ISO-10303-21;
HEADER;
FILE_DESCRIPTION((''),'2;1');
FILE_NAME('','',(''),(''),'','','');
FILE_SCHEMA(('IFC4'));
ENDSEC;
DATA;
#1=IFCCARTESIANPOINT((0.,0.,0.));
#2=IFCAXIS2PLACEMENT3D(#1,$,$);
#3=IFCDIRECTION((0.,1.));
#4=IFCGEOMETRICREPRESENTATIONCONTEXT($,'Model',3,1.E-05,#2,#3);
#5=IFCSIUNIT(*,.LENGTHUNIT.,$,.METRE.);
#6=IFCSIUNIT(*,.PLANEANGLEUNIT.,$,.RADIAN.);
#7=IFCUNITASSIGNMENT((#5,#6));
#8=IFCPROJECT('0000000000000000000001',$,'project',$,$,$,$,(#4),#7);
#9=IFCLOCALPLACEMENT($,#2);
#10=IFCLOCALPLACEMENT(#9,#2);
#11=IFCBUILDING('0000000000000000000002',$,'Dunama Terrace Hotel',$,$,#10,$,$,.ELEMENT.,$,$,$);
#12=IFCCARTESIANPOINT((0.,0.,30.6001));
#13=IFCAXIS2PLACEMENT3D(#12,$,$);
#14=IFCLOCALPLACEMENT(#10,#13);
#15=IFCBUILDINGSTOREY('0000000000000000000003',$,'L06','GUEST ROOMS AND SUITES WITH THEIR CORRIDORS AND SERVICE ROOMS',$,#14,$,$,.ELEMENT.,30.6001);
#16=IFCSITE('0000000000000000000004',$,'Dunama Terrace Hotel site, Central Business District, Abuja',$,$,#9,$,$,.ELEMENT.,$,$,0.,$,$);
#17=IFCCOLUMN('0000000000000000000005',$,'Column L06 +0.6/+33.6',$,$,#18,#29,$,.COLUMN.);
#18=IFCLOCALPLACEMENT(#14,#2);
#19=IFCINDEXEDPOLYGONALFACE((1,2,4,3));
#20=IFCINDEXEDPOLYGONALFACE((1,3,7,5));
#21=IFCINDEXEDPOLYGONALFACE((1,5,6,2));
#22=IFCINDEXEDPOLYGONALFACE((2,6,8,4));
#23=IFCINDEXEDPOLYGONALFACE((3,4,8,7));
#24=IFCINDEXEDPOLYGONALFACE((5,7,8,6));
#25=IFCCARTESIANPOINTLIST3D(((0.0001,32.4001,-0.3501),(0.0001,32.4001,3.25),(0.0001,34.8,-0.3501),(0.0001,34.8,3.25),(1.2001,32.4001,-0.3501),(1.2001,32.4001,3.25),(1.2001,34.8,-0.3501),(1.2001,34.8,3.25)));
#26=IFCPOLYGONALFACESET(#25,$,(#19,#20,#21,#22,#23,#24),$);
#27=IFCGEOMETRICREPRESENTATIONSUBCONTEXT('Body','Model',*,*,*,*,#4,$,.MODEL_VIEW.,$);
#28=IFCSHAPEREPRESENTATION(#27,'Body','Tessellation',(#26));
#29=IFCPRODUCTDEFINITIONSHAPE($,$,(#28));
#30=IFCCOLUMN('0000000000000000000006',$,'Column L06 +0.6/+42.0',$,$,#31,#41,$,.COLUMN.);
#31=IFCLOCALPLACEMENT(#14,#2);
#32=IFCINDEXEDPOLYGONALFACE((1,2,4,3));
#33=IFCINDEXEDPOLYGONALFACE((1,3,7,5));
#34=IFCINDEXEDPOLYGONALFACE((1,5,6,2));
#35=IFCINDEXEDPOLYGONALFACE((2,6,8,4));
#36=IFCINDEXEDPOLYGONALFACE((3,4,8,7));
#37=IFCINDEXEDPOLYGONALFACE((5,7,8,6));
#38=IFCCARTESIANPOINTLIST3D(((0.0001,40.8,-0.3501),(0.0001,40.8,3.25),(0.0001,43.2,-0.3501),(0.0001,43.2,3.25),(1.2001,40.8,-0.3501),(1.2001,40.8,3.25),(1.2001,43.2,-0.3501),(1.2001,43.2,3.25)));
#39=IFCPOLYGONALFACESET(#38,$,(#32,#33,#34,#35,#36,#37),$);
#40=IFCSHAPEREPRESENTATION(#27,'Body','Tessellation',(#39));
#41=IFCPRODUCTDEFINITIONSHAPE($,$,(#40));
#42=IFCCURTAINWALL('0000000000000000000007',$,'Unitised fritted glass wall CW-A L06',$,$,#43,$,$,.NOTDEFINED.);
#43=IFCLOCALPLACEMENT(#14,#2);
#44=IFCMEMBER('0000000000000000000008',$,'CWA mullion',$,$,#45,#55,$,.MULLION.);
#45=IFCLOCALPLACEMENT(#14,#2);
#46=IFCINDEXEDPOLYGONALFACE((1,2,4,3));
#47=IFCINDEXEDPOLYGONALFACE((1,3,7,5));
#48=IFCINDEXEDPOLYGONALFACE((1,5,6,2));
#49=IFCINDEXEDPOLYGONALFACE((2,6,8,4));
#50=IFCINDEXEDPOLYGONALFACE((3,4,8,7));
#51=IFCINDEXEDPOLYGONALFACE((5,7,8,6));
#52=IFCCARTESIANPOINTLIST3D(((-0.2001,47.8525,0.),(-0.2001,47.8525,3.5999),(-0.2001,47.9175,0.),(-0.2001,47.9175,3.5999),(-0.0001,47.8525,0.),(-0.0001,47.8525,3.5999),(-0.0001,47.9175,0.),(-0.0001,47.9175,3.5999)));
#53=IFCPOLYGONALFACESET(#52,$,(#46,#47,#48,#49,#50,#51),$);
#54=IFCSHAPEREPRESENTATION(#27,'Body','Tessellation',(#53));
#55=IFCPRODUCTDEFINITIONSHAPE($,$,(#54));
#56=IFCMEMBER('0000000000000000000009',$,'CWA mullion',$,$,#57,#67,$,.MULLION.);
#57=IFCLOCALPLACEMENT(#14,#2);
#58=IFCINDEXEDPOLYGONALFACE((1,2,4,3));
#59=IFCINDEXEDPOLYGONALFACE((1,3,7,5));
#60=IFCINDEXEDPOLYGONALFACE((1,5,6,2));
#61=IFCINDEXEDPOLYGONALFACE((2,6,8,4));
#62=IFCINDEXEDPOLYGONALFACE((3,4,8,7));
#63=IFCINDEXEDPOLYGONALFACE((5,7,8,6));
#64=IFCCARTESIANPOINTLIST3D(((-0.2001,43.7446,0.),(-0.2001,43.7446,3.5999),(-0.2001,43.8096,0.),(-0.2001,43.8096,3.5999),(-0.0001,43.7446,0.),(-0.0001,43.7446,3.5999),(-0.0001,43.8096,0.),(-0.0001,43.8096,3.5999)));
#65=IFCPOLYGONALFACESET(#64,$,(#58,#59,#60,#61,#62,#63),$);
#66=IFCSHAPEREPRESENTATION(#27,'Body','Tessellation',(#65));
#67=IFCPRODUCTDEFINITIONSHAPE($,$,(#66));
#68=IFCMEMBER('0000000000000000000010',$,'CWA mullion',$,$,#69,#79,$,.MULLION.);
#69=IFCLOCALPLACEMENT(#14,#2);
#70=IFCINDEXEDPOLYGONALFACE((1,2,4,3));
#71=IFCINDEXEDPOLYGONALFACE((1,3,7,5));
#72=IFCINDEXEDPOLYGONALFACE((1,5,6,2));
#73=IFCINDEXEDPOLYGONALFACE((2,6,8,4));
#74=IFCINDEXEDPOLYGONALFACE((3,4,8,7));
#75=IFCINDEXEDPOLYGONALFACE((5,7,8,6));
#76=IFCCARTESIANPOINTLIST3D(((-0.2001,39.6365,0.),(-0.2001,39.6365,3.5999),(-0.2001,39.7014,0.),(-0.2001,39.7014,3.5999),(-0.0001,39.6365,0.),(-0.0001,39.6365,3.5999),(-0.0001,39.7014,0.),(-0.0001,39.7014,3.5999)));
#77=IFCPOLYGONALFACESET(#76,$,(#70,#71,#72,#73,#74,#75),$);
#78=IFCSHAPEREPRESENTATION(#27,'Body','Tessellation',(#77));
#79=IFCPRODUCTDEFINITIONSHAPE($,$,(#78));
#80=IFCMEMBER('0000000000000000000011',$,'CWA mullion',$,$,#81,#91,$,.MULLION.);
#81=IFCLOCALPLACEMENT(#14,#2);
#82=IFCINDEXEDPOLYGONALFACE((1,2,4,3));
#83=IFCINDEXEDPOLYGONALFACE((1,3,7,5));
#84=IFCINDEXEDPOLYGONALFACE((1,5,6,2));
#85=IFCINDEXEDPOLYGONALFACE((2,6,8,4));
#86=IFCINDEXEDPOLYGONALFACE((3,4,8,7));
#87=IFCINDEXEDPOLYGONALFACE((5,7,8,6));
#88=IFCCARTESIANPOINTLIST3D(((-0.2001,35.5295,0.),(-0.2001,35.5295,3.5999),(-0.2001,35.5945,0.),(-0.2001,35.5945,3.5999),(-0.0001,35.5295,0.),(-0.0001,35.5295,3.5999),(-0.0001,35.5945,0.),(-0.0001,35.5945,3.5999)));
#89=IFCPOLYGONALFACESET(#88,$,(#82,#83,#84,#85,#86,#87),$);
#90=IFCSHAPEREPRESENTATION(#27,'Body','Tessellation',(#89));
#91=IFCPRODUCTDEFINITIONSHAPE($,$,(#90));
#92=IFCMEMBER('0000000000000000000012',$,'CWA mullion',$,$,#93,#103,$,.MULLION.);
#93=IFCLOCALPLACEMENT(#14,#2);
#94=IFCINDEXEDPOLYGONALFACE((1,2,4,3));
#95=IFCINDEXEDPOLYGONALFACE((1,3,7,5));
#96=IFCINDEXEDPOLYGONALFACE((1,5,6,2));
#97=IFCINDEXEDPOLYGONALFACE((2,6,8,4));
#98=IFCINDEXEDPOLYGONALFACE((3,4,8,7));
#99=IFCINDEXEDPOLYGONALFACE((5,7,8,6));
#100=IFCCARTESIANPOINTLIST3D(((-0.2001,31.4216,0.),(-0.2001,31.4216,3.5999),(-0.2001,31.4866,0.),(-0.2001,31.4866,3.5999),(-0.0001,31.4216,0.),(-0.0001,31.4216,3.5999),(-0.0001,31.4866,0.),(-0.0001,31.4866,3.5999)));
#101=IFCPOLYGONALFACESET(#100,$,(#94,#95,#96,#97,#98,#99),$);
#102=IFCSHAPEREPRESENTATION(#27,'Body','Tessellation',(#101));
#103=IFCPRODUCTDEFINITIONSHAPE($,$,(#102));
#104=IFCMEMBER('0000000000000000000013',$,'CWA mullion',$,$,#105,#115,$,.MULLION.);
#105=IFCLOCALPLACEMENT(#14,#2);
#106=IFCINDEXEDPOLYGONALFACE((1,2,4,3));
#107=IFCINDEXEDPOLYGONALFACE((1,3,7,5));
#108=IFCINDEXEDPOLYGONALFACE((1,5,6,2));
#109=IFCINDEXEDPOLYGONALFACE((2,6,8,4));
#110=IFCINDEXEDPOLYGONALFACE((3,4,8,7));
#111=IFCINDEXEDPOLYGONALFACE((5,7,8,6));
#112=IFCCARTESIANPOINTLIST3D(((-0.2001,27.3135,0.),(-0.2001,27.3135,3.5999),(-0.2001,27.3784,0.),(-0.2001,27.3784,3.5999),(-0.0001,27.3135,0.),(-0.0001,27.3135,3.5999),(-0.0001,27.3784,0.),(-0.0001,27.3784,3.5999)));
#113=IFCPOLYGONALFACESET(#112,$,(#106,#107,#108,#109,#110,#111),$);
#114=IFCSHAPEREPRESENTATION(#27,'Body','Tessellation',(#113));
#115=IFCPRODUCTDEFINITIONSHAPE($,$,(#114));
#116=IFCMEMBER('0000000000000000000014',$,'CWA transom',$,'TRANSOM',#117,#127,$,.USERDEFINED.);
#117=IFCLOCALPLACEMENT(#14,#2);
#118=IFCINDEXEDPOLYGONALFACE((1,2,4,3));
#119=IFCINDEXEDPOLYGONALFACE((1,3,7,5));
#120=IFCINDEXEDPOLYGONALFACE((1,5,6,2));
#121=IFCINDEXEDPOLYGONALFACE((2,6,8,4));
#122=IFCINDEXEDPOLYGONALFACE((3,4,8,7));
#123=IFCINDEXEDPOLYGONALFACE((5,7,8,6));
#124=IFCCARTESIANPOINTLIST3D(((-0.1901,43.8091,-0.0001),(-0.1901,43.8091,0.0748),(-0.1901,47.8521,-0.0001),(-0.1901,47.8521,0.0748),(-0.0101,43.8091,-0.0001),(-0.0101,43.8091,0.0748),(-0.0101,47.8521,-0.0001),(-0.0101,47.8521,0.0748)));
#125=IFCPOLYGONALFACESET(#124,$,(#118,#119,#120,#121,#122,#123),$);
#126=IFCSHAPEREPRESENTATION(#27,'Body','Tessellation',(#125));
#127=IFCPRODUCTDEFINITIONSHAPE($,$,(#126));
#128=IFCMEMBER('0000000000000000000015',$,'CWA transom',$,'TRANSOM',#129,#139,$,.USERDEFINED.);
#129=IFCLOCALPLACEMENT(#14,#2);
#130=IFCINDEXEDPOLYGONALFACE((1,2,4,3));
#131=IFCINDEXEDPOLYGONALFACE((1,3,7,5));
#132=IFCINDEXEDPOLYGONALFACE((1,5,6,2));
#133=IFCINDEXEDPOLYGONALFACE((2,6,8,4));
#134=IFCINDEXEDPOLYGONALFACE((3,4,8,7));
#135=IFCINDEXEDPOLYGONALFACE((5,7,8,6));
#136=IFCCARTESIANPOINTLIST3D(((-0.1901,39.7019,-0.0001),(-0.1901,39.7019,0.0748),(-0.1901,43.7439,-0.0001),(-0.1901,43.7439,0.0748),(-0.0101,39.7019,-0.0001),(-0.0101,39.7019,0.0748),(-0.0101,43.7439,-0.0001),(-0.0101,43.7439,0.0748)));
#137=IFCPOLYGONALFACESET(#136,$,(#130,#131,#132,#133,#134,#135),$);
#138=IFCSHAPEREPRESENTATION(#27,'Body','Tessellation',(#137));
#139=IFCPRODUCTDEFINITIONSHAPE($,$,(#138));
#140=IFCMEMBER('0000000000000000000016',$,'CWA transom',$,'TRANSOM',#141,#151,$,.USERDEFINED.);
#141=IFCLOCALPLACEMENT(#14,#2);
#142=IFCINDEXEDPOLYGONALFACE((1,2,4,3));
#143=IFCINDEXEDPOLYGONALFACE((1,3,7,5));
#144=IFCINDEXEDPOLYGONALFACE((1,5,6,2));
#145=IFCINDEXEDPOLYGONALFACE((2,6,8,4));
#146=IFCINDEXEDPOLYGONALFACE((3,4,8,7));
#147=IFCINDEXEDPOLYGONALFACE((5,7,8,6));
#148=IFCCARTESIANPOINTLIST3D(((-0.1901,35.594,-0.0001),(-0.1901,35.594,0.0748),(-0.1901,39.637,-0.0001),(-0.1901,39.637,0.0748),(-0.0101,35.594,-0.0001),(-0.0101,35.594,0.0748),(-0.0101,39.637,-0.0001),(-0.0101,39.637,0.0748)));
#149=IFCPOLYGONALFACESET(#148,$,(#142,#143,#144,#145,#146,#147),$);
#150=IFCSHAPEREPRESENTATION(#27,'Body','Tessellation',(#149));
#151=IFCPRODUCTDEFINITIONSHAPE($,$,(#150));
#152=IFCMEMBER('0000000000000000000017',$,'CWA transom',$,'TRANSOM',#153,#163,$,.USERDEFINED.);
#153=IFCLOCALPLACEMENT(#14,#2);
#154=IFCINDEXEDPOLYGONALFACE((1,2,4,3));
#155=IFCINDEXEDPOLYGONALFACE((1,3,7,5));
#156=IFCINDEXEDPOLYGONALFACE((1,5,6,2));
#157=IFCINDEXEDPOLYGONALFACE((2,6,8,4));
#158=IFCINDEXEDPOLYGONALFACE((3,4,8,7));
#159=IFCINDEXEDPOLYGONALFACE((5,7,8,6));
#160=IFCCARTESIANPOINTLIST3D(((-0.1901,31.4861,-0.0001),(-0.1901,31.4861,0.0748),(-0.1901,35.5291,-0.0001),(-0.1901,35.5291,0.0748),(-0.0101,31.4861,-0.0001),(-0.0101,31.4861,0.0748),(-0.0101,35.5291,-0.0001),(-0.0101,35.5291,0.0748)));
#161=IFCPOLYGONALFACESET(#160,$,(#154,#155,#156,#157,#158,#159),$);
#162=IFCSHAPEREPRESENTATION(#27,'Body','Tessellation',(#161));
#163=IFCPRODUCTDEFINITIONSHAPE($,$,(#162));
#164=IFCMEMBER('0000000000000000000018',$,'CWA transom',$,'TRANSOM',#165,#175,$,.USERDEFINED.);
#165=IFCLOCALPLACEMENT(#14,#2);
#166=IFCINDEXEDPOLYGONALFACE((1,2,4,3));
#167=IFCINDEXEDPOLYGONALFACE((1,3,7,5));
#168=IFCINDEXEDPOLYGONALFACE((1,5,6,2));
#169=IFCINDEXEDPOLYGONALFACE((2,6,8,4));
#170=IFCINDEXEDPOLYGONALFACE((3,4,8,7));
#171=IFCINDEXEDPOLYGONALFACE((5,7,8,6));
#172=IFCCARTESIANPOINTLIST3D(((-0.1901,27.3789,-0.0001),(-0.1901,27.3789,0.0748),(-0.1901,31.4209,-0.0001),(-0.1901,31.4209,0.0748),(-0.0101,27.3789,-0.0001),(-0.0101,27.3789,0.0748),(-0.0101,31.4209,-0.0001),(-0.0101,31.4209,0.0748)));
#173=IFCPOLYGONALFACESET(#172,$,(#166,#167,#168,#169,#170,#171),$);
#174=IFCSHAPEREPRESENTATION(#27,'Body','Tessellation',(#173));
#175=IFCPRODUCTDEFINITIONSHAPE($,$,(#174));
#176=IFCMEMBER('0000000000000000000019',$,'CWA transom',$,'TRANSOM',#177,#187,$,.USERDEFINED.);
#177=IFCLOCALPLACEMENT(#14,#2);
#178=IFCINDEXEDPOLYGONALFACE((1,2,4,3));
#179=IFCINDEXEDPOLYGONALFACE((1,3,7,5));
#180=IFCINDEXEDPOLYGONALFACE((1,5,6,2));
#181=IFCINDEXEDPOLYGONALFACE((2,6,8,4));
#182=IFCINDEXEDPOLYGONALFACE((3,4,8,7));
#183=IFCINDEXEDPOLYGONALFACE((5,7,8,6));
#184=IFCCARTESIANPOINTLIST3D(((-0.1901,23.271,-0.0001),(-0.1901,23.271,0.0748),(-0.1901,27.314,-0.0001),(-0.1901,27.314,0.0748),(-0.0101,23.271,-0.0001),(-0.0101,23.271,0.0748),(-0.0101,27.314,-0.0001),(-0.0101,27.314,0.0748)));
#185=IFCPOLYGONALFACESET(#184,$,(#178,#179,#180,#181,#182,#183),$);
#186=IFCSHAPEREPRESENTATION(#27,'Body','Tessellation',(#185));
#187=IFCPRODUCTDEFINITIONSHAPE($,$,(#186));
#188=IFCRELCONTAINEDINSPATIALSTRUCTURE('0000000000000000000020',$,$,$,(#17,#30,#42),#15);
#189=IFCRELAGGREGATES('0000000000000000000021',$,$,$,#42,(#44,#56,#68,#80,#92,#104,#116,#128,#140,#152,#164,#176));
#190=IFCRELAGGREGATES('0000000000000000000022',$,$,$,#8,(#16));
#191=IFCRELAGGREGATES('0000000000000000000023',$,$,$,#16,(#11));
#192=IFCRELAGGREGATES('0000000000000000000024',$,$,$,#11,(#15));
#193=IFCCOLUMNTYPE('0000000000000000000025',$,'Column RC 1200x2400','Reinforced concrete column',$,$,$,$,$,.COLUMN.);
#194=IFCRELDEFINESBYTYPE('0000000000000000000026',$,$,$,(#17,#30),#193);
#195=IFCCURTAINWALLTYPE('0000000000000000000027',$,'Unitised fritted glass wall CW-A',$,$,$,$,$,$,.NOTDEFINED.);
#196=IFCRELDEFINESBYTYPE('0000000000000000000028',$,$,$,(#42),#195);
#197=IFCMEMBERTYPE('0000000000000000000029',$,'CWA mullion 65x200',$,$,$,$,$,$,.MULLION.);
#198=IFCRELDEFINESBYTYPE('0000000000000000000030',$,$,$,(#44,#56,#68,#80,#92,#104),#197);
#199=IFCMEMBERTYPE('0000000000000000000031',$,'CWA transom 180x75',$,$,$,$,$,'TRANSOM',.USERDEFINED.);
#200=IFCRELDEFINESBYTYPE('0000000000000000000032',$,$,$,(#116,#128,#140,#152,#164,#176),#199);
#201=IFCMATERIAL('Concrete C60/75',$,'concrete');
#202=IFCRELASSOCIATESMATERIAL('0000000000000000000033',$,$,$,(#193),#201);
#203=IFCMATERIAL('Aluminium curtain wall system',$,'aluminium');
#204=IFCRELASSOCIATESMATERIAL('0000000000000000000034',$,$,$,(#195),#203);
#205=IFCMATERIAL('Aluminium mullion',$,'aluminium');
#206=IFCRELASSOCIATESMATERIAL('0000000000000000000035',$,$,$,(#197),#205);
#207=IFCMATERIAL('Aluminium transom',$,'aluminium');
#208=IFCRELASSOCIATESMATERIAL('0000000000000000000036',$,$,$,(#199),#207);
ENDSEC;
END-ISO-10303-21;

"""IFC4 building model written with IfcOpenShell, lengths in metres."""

from ifc_helpers import new_model, si_unit, direction, frame, origin, origin_2d, place, context, subcontext, project, spatial, rectangle, extrude, material, material_profile, profile_set, type_object, element, aggregate, save


model = new_model("IFC4")

# Units and contexts
model_context = context("Model", 3, precision=1e-05, world=origin(), true_north=direction((0.0, 1.0)))
body_context = subcontext(model_context, "Body", "Model", "MODEL_VIEW")
ifc_project = project(units=[si_unit("LENGTHUNIT", "METRE"), si_unit("PLANEANGLEUNIT", "RADIAN")], contexts=[model_context])

# Site, building, storey
site_placement = place(None, origin())
site = spatial("IfcSite", under=ifc_project, at=site_placement, Name="Dunama Terrace Hotel site, Central Business District, Abuja", CompositionType="ELEMENT", RefElevation=0.0)
building_placement = place(site_placement, origin())
building = spatial("IfcBuilding", under=site, at=building_placement, Name="Dunama Terrace Hotel", CompositionType="ELEMENT")
storey_placement = place(building_placement, frame((0.0, 0.0, 30.6001)))
storey = spatial("IfcBuildingStorey", under=building, at=storey_placement, Name="L06", Description="GUEST ROOMS AND SUITES WITH THEIR CORRIDORS AND SERVICE ROOMS", CompositionType="ELEMENT", Elevation=30.6001)

# Columns
ifc_material_1 = material(Name="Concrete C60/75", Category="concrete")
ifc_material_profile_1 = material_profile(ifc_material_1, rectangle(XDim=1.2, YDim=2.3999, at=origin_2d()), Name="RC 1200x2400")
ifc_profile_set_1 = profile_set([ifc_material_profile_1], Name="Concrete C60/75")
column_type = type_object("IfcColumnType", Name="Column RC 1200x2400", Description="Reinforced concrete column", PredefinedType="COLUMN", material=ifc_profile_set_1)
for number, where, z_axis, x_axis, name in (
    (1, (0.6001, 33.6001, -0.3501), (0.0, 0.0, 1.0), (1.0, 0.0, 0.0), "Column L06 +0.6/+33.6"),
    (2, (0.6001, 42.0, -0.3501), (0.0, 0.0, 1.0), (1.0, 0.0, 0.0), "Column L06 +0.6/+42.0"),
):
    element("IfcColumn", number, at=place(storey_placement, frame(where, z_axis=z_axis, x_axis=x_axis)), inside=storey, type_object=column_type, Name=name, PredefinedType="COLUMN", context=body_context, shape_type="SweptSolid", body=[
        extrude(rectangle(XDim=1.2, YDim=2.3999, at=origin_2d()), origin(), (0.0, 0.0, 1.0), 3.6001),
    ])

# Curtain wall, members
ifc_material_2 = material(Name="Aluminium curtain wall system", Category="aluminium")
curtain_wall_type = type_object("IfcCurtainWallType", Name="Unitised fritted glass wall CW-A", PredefinedType="NOTDEFINED", material=ifc_material_2)
curtain_wall_placement = place(storey_placement, origin())
curtain_wall = element("IfcCurtainWall", 3, at=curtain_wall_placement, inside=storey, type_object=curtain_wall_type, Name="Unitised fritted glass wall CW-A L06", PredefinedType="NOTDEFINED")
ifc_material_3 = material(Name="Aluminium mullion", Category="aluminium")
ifc_material_profile_2 = material_profile(ifc_material_3, rectangle(XDim=0.0649, YDim=0.2, at=origin_2d()), Name="CWA MULLION 65X200")
ifc_profile_set_2 = profile_set([ifc_material_profile_2], Name="Aluminium mullion")
member_type_1 = type_object("IfcMemberType", Name="CWA mullion 65x200", PredefinedType="MULLION", material=ifc_profile_set_2)
member_1_placement = place(storey_placement, frame((-0.1001, 47.885, 0.0), z_axis=(0.0, 0.0, 1.0), x_axis=(0.0, -1.0, 0.0)))
member_1 = element("IfcMember", 4, at=member_1_placement, type_object=member_type_1, Name="CWA mullion", PredefinedType="MULLION", context=body_context, shape_type="SweptSolid", body=[
    extrude(rectangle(XDim=0.0649, YDim=0.2, at=origin_2d()), origin(), (0.0, 0.0, 1.0), 3.5999),
])
member_2_placement = place(storey_placement, frame((-0.1001, 43.7771, 0.0), z_axis=(0.0, 0.0, 1.0), x_axis=(0.0, -1.0, 0.0)))
member_2 = element("IfcMember", 5, at=member_2_placement, type_object=member_type_1, Name="CWA mullion", PredefinedType="MULLION", context=body_context, shape_type="SweptSolid", body=[
    extrude(rectangle(XDim=0.0649, YDim=0.2, at=origin_2d()), origin(), (0.0, 0.0, 1.0), 3.5999),
])
member_3_placement = place(storey_placement, frame((-0.1001, 39.6689, 0.0), z_axis=(0.0, 0.0, 1.0), x_axis=(0.0, -1.0, 0.0)))
member_3 = element("IfcMember", 6, at=member_3_placement, type_object=member_type_1, Name="CWA mullion", PredefinedType="MULLION", context=body_context, shape_type="SweptSolid", body=[
    extrude(rectangle(XDim=0.0649, YDim=0.2, at=origin_2d()), origin(), (0.0, 0.0, 1.0), 3.5999),
])
member_4_placement = place(storey_placement, frame((-0.1001, 35.562, 0.0), z_axis=(0.0, 0.0, 1.0), x_axis=(0.0, -1.0, 0.0)))
member_4 = element("IfcMember", 7, at=member_4_placement, type_object=member_type_1, Name="CWA mullion", PredefinedType="MULLION", context=body_context, shape_type="SweptSolid", body=[
    extrude(rectangle(XDim=0.0649, YDim=0.2, at=origin_2d()), origin(), (0.0, 0.0, 1.0), 3.5999),
])
member_5_placement = place(storey_placement, frame((-0.1001, 31.4541, 0.0), z_axis=(0.0, 0.0, 1.0), x_axis=(0.0, -1.0, 0.0)))
member_5 = element("IfcMember", 8, at=member_5_placement, type_object=member_type_1, Name="CWA mullion", PredefinedType="MULLION", context=body_context, shape_type="SweptSolid", body=[
    extrude(rectangle(XDim=0.0649, YDim=0.2, at=origin_2d()), origin(), (0.0, 0.0, 1.0), 3.5999),
])
member_6_placement = place(storey_placement, frame((-0.1001, 27.3459, 0.0), z_axis=(0.0, 0.0, 1.0), x_axis=(0.0, -1.0, 0.0)))
member_6 = element("IfcMember", 9, at=member_6_placement, type_object=member_type_1, Name="CWA mullion", PredefinedType="MULLION", context=body_context, shape_type="SweptSolid", body=[
    extrude(rectangle(XDim=0.0649, YDim=0.2, at=origin_2d()), origin(), (0.0, 0.0, 1.0), 3.5999),
])
ifc_material_4 = material(Name="Aluminium transom", Category="aluminium")
ifc_material_profile_3 = material_profile(ifc_material_4, rectangle(XDim=0.1799, YDim=0.075, at=origin_2d()), Name="CWA TRANSOM 180X75")
ifc_profile_set_3 = profile_set([ifc_material_profile_3], Name="Aluminium transom")
member_type_2 = type_object("IfcMemberType", Name="CWA transom 180x75", ElementType="TRANSOM", PredefinedType="USERDEFINED", material=ifc_profile_set_3)
member_7_placement = place(storey_placement, frame((-0.1001, 47.8521, 0.0374), z_axis=(0.0, -1.0, 0.0), x_axis=(1.0, 0.0, 0.0)))
member_7 = element("IfcMember", 10, at=member_7_placement, type_object=member_type_2, Name="CWA transom", ObjectType="TRANSOM", PredefinedType="USERDEFINED", context=body_context, shape_type="SweptSolid", body=[
    extrude(rectangle(XDim=0.1799, YDim=0.075, at=origin_2d()), origin(), (0.0, 0.0, 1.0), 4.043),
])
member_8_placement = place(storey_placement, frame((-0.1001, 43.7439, 0.0374), z_axis=(0.0, -1.0, 0.0), x_axis=(1.0, 0.0, 0.0)))
member_8 = element("IfcMember", 11, at=member_8_placement, type_object=member_type_2, Name="CWA transom", ObjectType="TRANSOM", PredefinedType="USERDEFINED", context=body_context, shape_type="SweptSolid", body=[
    extrude(rectangle(XDim=0.1799, YDim=0.075, at=origin_2d()), origin(), (0.0, 0.0, 1.0), 4.042),
])
member_9_placement = place(storey_placement, frame((-0.1001, 39.637, 0.0374), z_axis=(0.0, -1.0, 0.0), x_axis=(1.0, 0.0, 0.0)))
member_9 = element("IfcMember", 12, at=member_9_placement, type_object=member_type_2, Name="CWA transom", ObjectType="TRANSOM", PredefinedType="USERDEFINED", context=body_context, shape_type="SweptSolid", body=[
    extrude(rectangle(XDim=0.1799, YDim=0.075, at=origin_2d()), origin(), (0.0, 0.0, 1.0), 4.043),
])
member_10_placement = place(storey_placement, frame((-0.1001, 35.5291, 0.0374), z_axis=(0.0, -1.0, 0.0), x_axis=(1.0, 0.0, 0.0)))
member_10 = element("IfcMember", 13, at=member_10_placement, type_object=member_type_2, Name="CWA transom", ObjectType="TRANSOM", PredefinedType="USERDEFINED", context=body_context, shape_type="SweptSolid", body=[
    extrude(rectangle(XDim=0.1799, YDim=0.075, at=origin_2d()), origin(), (0.0, 0.0, 1.0), 4.043),
])
member_11_placement = place(storey_placement, frame((-0.1001, 31.4209, 0.0374), z_axis=(0.0, -1.0, 0.0), x_axis=(1.0, 0.0, 0.0)))
member_11 = element("IfcMember", 14, at=member_11_placement, type_object=member_type_2, Name="CWA transom", ObjectType="TRANSOM", PredefinedType="USERDEFINED", context=body_context, shape_type="SweptSolid", body=[
    extrude(rectangle(XDim=0.1799, YDim=0.075, at=origin_2d()), origin(), (0.0, 0.0, 1.0), 4.042),
])
member_12_placement = place(storey_placement, frame((-0.1001, 27.314, 0.0374), z_axis=(0.0, -1.0, 0.0), x_axis=(1.0, 0.0, 0.0)))
member_12 = element("IfcMember", 15, at=member_12_placement, type_object=member_type_2, Name="CWA transom", ObjectType="TRANSOM", PredefinedType="USERDEFINED", context=body_context, shape_type="SweptSolid", body=[
    extrude(rectangle(XDim=0.1799, YDim=0.075, at=origin_2d()), origin(), (0.0, 0.0, 1.0), 4.043),
])

aggregate(curtain_wall, [member_1, member_2, member_3, member_4, member_5, member_6, member_7, member_8, member_9, member_10, member_11, member_12])

save(model, "model.ifc")
